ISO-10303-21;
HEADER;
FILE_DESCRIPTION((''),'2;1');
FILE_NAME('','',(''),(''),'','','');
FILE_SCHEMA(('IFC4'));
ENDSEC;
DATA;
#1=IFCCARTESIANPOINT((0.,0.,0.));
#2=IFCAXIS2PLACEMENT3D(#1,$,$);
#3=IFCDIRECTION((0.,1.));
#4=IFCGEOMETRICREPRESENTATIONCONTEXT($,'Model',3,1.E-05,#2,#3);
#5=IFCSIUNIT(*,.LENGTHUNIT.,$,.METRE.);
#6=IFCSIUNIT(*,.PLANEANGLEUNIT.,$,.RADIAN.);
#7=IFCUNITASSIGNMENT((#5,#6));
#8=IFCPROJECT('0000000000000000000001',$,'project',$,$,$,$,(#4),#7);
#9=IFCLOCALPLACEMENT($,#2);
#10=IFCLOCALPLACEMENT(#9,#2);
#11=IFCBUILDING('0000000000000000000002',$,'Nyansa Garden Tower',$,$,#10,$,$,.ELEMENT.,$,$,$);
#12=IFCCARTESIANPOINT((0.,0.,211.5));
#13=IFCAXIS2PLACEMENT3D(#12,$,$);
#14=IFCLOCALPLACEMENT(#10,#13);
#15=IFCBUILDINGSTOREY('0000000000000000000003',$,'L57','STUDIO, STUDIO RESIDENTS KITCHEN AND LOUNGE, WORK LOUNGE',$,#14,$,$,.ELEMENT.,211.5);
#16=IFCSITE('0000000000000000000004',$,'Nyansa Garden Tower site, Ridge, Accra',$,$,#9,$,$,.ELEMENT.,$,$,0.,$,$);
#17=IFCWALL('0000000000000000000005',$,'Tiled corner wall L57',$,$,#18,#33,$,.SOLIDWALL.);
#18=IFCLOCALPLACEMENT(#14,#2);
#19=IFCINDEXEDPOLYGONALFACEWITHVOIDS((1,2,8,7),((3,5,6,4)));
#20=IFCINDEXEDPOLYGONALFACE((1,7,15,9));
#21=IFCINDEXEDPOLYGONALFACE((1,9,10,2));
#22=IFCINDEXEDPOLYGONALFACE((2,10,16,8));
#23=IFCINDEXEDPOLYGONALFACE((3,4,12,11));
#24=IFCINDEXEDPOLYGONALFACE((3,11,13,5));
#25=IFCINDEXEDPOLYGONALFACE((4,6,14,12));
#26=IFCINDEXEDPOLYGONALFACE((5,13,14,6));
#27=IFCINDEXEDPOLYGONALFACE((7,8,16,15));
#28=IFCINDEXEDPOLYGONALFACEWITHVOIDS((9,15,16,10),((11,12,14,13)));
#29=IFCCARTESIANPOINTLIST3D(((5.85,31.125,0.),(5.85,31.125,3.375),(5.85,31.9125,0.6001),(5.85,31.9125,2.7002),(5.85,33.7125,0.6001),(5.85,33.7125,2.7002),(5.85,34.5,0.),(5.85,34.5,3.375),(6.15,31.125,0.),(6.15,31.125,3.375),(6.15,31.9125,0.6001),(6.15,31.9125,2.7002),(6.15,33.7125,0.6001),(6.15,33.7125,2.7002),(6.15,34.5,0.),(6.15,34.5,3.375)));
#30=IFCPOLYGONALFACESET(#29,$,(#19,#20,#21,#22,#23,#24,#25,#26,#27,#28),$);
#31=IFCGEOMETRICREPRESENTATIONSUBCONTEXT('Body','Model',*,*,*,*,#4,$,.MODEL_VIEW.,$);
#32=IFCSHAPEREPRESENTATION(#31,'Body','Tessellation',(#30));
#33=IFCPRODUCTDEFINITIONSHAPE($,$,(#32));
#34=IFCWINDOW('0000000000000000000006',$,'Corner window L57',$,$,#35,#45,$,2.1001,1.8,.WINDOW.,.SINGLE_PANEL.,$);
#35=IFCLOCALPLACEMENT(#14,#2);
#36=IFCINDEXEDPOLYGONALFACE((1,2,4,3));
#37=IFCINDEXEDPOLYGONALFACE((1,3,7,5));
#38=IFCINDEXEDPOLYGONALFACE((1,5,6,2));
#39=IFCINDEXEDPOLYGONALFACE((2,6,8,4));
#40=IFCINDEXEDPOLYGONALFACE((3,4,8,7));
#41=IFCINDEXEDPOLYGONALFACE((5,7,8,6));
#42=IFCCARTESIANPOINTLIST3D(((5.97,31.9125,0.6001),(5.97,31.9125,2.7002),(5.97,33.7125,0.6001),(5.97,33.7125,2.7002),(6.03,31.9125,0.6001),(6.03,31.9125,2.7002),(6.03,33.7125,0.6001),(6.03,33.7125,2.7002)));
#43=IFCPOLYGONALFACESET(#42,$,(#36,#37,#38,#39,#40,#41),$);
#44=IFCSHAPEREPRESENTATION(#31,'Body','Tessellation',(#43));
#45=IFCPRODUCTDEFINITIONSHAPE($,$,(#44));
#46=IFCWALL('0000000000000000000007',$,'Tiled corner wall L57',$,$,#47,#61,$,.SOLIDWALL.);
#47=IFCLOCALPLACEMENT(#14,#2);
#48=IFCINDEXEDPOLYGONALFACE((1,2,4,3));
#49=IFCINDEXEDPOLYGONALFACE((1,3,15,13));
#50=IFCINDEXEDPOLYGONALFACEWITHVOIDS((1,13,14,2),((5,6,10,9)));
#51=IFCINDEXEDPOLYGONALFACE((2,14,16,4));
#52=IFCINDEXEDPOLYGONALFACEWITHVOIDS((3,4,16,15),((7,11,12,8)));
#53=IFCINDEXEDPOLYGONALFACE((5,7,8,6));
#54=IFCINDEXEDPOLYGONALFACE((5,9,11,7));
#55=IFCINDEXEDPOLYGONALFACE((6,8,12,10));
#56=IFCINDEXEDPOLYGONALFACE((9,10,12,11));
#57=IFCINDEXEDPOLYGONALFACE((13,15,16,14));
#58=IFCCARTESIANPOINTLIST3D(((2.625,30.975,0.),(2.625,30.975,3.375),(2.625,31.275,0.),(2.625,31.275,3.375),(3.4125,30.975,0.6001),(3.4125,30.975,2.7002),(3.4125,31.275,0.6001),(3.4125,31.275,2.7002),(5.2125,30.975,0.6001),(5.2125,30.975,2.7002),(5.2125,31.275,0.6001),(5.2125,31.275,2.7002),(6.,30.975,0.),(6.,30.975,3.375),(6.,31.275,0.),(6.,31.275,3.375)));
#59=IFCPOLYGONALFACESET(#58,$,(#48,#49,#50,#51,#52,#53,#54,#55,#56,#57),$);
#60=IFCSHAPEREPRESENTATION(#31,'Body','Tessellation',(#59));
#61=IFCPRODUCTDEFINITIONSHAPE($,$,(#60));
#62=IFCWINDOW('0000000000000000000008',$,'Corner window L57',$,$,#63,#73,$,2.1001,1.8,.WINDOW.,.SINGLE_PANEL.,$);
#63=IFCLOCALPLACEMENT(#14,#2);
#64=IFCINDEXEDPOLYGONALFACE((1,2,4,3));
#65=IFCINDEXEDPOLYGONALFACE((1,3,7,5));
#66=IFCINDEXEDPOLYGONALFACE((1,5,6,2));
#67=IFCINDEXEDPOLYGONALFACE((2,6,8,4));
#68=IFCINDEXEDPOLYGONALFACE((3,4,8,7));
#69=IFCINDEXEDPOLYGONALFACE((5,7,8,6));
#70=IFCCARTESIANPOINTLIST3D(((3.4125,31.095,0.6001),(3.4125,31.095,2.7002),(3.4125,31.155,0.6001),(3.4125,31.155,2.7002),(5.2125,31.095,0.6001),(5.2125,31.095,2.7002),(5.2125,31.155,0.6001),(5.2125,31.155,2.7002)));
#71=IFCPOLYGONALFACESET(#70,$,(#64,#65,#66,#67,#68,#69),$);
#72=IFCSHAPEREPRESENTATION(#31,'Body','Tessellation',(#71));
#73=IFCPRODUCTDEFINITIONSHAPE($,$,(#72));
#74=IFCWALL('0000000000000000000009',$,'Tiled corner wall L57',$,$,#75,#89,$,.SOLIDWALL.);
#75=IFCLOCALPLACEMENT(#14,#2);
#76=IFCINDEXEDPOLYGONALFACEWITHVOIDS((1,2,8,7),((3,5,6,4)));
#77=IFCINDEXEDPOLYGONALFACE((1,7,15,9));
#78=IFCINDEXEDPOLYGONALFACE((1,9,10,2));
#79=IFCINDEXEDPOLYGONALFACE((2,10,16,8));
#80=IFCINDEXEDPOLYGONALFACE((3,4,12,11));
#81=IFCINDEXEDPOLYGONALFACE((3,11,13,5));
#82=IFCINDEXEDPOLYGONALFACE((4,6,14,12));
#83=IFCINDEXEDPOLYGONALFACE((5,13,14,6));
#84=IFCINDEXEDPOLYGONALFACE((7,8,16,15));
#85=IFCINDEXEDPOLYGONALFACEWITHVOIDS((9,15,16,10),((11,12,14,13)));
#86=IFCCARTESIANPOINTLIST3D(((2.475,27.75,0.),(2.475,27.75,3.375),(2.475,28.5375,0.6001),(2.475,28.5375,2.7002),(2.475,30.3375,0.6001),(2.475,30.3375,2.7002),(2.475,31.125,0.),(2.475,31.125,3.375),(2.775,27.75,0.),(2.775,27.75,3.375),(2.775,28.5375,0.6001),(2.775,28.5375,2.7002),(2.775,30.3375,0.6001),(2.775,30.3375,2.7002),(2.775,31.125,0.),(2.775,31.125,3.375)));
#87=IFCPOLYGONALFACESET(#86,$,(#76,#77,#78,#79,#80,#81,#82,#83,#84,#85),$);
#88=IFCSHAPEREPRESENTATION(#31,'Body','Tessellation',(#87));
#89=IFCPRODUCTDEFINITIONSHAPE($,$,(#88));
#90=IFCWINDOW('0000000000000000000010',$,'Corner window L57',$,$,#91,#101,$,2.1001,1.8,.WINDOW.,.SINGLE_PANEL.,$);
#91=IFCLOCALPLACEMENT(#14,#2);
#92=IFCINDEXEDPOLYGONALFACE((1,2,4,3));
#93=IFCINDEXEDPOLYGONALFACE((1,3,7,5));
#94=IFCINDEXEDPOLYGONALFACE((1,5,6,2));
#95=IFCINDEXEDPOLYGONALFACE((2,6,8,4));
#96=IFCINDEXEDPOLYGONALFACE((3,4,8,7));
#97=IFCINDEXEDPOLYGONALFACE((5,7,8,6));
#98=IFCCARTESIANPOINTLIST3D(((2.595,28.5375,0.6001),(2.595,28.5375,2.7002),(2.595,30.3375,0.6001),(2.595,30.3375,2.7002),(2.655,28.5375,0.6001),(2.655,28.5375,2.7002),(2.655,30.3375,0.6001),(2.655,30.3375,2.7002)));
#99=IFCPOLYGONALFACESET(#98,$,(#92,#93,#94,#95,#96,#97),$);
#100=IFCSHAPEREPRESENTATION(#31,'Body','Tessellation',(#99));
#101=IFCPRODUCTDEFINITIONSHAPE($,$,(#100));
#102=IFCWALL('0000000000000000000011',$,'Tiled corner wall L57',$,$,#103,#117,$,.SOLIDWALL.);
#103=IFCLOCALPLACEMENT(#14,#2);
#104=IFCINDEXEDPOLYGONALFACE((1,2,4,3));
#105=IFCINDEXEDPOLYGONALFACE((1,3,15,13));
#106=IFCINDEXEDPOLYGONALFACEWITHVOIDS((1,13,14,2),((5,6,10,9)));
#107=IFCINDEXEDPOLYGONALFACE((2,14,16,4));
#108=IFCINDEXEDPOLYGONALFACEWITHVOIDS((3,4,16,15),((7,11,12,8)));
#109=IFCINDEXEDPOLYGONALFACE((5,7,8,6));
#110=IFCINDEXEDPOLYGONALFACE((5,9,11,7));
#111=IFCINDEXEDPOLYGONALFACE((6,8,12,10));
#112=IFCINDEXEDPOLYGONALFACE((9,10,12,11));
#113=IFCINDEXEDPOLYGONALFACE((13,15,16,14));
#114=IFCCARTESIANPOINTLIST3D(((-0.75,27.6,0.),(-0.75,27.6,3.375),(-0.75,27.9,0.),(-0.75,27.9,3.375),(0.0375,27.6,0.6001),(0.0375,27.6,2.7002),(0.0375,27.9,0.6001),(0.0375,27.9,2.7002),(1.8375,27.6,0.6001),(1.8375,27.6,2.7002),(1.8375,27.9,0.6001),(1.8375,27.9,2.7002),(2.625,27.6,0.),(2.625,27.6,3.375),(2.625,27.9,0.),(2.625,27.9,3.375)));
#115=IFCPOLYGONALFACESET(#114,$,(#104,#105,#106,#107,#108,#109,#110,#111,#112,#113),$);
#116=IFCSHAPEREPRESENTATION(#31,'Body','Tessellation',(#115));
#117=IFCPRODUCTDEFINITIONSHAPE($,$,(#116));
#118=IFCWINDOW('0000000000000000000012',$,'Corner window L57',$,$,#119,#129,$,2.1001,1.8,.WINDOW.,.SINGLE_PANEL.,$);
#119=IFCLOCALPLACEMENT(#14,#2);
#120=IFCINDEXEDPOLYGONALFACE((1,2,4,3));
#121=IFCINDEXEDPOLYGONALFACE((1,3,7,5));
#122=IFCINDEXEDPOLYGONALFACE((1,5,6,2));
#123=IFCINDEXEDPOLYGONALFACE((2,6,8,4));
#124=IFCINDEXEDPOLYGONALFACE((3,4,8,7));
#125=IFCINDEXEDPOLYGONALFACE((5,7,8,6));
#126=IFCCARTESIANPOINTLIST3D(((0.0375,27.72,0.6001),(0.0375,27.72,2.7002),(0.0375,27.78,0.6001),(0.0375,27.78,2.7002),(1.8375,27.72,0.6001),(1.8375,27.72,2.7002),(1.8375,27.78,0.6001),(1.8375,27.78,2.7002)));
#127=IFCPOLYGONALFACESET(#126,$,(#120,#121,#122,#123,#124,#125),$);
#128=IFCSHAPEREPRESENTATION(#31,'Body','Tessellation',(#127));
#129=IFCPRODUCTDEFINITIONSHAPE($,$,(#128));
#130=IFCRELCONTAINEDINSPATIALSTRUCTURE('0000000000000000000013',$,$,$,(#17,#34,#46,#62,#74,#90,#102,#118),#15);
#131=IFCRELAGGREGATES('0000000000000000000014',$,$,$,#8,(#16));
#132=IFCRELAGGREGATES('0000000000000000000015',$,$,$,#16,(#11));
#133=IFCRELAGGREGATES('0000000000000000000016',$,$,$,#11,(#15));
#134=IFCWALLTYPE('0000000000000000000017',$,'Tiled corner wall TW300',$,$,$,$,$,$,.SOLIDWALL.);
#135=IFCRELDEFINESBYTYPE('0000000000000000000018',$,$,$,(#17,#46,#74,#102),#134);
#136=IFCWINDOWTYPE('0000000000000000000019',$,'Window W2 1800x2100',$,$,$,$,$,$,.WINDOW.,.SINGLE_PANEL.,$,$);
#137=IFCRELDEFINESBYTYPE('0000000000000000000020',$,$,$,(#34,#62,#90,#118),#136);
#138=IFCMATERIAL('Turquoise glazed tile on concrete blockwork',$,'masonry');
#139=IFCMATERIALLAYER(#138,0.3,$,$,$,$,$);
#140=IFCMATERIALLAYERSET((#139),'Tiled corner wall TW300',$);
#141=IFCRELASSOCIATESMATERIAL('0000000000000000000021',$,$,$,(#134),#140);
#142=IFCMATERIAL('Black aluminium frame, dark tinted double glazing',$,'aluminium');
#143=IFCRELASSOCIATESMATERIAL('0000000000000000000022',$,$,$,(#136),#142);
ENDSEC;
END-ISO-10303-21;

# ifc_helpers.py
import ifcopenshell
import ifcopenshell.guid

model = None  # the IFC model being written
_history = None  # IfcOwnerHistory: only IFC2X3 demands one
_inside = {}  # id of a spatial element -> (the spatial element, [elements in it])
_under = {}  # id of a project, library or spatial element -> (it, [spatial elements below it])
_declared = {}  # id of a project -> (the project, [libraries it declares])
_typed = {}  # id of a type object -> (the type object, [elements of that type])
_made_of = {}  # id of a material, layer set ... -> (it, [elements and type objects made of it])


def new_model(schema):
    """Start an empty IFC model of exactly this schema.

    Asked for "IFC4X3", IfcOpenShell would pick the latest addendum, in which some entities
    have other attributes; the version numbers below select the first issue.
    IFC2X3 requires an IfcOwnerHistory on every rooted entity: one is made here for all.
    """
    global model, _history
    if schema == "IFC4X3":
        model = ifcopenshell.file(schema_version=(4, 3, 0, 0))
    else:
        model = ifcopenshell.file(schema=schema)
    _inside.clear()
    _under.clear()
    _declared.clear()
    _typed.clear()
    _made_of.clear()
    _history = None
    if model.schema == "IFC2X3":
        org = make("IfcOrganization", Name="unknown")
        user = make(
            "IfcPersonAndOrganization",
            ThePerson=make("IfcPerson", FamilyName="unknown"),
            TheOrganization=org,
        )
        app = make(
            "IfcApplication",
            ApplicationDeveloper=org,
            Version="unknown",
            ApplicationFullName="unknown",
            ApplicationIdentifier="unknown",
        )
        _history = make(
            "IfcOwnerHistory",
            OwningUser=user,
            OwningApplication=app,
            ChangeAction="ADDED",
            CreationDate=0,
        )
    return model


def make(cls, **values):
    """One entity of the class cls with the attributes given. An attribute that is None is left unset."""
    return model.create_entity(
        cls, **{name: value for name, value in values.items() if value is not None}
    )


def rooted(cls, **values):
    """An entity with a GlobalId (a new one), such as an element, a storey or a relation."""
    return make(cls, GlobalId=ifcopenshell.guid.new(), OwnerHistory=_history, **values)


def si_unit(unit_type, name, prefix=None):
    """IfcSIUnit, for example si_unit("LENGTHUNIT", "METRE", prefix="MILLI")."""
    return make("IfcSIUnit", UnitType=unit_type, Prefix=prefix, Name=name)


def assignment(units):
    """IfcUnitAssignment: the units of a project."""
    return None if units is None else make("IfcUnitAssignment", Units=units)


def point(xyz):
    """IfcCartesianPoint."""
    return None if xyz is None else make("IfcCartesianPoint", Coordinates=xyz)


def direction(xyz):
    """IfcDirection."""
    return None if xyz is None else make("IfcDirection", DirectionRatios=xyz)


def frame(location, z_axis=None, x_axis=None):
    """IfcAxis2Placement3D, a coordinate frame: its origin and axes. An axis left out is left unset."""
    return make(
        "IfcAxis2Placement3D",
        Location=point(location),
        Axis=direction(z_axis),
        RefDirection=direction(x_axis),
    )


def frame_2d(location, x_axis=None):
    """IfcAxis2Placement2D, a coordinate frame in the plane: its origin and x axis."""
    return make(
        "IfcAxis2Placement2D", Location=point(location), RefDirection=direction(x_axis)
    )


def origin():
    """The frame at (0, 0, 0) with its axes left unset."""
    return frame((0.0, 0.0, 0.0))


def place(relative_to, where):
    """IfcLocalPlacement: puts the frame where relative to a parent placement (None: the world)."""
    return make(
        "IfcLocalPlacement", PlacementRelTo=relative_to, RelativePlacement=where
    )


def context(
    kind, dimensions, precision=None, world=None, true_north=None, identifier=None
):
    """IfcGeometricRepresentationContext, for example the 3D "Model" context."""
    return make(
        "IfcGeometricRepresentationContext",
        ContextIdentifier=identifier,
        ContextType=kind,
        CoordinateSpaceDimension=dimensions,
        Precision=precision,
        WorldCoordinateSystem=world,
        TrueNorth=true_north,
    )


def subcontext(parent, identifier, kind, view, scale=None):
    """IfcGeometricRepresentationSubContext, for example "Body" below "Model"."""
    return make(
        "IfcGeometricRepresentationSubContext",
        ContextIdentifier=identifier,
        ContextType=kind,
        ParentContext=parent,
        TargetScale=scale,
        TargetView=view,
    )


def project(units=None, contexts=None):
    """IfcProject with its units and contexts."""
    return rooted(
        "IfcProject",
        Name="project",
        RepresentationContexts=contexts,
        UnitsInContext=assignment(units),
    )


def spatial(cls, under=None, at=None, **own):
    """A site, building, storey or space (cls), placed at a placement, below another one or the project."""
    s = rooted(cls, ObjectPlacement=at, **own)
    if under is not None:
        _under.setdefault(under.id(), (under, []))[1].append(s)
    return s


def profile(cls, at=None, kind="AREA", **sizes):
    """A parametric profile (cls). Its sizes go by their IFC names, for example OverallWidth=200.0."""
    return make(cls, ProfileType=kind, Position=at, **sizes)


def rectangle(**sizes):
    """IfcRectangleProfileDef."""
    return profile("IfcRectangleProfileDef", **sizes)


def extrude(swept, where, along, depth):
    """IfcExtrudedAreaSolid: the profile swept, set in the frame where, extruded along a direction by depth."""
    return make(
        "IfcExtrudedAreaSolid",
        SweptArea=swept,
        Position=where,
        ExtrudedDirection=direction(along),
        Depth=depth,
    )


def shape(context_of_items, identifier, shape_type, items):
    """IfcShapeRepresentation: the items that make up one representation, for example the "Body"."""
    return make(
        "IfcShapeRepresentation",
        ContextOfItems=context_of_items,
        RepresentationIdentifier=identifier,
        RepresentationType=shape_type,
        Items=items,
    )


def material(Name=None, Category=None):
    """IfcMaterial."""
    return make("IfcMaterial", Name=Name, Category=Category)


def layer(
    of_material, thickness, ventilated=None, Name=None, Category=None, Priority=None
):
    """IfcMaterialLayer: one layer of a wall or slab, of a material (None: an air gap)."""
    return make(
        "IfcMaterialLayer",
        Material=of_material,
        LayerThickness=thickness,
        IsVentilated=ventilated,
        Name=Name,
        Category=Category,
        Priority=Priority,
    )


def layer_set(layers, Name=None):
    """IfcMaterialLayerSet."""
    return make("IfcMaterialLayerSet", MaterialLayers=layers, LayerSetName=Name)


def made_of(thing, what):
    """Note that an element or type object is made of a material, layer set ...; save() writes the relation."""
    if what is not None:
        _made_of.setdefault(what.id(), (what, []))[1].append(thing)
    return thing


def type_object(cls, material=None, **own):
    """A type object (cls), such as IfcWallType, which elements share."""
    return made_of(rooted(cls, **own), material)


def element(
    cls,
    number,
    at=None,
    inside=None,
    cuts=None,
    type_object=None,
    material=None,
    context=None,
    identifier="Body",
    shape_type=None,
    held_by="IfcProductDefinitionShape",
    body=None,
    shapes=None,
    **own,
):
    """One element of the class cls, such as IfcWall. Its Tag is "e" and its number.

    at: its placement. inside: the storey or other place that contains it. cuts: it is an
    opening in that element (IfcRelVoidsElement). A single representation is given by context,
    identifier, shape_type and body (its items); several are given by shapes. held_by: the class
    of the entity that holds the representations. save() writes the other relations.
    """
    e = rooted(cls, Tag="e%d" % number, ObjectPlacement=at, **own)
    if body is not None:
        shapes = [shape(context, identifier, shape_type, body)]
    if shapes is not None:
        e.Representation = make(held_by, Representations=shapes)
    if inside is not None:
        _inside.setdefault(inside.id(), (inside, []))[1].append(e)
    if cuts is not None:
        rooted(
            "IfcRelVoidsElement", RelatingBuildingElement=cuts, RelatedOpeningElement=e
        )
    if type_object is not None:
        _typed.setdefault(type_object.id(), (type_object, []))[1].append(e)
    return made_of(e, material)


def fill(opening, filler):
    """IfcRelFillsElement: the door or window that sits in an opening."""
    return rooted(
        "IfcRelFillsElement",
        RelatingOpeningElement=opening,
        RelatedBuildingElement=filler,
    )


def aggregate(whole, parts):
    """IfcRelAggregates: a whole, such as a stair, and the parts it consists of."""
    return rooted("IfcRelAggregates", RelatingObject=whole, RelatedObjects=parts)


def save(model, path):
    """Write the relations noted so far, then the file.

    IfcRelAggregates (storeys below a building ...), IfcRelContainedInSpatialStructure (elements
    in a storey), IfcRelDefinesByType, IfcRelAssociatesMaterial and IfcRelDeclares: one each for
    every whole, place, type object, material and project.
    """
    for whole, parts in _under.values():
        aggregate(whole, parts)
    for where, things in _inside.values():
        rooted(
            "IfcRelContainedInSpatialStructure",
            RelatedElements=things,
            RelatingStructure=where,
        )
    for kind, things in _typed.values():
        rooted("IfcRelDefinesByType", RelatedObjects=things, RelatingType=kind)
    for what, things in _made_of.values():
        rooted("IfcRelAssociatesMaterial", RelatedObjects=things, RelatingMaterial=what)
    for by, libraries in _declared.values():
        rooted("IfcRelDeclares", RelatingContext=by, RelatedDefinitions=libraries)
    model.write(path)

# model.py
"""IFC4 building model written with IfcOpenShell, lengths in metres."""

from ifc_helpers import new_model, si_unit, direction, frame, frame_2d, origin, place, context, subcontext, project, spatial, rectangle, extrude, material, layer, layer_set, type_object, element, fill, save


model = new_model("IFC4")

# Units and contexts
model_context = context("Model", 3, precision=1e-05, world=origin(), true_north=direction((0.0, 1.0)))
body_context = subcontext(model_context, "Body", "Model", "MODEL_VIEW")
ifc_project = project(units=[si_unit("LENGTHUNIT", "METRE"), si_unit("PLANEANGLEUNIT", "RADIAN")], contexts=[model_context])

# Site, building, storey
site_placement = place(None, origin())
site = spatial("IfcSite", under=ifc_project, at=site_placement, Name="Nyansa Garden Tower site, Ridge, Accra", CompositionType="ELEMENT", RefElevation=0.0)
building_placement = place(site_placement, origin())
building = spatial("IfcBuilding", under=site, at=building_placement, Name="Nyansa Garden Tower", CompositionType="ELEMENT")
storey_placement = place(building_placement, frame((0.0, 0.0, 211.5)))
storey = spatial("IfcBuildingStorey", under=building, at=storey_placement, Name="L57", Description="STUDIO, STUDIO RESIDENTS KITCHEN AND LOUNGE, WORK LOUNGE", CompositionType="ELEMENT", Elevation=211.5)

# Walls, openings, windows
ifc_material_1 = material(Name="Turquoise glazed tile on concrete blockwork", Category="masonry")
ifc_layer_1 = layer(ifc_material_1, 0.3)
ifc_layer_set_1 = layer_set([ifc_layer_1], Name="Tiled corner wall TW300")
wall_type_1 = type_object("IfcWallType", Name="Tiled corner wall TW300", PredefinedType="SOLIDWALL", material=ifc_layer_set_1)
wall_1_placement = place(storey_placement, frame((6.0, 34.5, 0.0), z_axis=(0.0, 0.0, 1.0), x_axis=(0.0, -1.0, 0.0)))
wall_1 = element("IfcWall", 1, at=wall_1_placement, inside=storey, type_object=wall_type_1, Name="Tiled corner wall L57", PredefinedType="SOLIDWALL", context=body_context, shape_type="SweptSolid", body=[
    extrude(rectangle(XDim=3.375, YDim=0.3, at=frame_2d((1.6875, 0.0))), origin(), (0.0, 0.0, 1.0), 3.375),
])
opening_1_placement = place(wall_1_placement, frame((0.7876, 0.0, 0.6001)))
opening_1 = element("IfcOpeningElement", 2, at=opening_1_placement, cuts=wall_1, PredefinedType="OPENING", context=body_context, shape_type="SweptSolid", body=[
    extrude(rectangle(XDim=1.8, YDim=2.1001, at=frame_2d((0.8999, 1.05))), frame((0.0, 0.1599, 0.0), z_axis=(0.0, -1.0, 0.0), x_axis=(1.0, 0.0, 0.0)), (0.0, 0.0, 1.0), 0.3201),
])
ifc_material_2 = material(Name="Black aluminium frame, dark tinted double glazing", Category="aluminium")
window_type = type_object("IfcWindowType", Name="Window W2 1800x2100", PartitioningType="SINGLE_PANEL", PredefinedType="WINDOW", material=ifc_material_2)
window_1_placement = place(opening_1_placement, origin())
window_1 = element("IfcWindow", 3, at=window_1_placement, inside=storey, type_object=window_type, Name="Corner window L57", OverallHeight=2.1001, OverallWidth=1.8, PartitioningType="SINGLE_PANEL", PredefinedType="WINDOW", context=body_context, shape_type="SweptSolid", body=[
    extrude(rectangle(XDim=1.8, YDim=2.1001, at=frame_2d((0.8999, 1.05))), frame((0.0, 0.03, 0.0), z_axis=(0.0, -1.0, 0.0), x_axis=(1.0, 0.0, 0.0)), (0.0, 0.0, 1.0), 0.0601),
])
fill(opening_1, window_1)
wall_2_placement = place(storey_placement, frame((6.0, 31.125, 0.0), z_axis=(0.0, 0.0, 1.0), x_axis=(-1.0, 0.0, 0.0)))
wall_2 = element("IfcWall", 4, at=wall_2_placement, inside=storey, type_object=wall_type_1, Name="Tiled corner wall L57", PredefinedType="SOLIDWALL", context=body_context, shape_type="SweptSolid", body=[
    extrude(rectangle(XDim=3.375, YDim=0.3, at=frame_2d((1.6875, 0.0))), origin(), (0.0, 0.0, 1.0), 3.375),
])
opening_2_placement = place(wall_2_placement, frame((0.7876, 0.0, 0.6001)))
opening_2 = element("IfcOpeningElement", 5, at=opening_2_placement, cuts=wall_2, PredefinedType="OPENING", context=body_context, shape_type="SweptSolid", body=[
    extrude(rectangle(XDim=1.8, YDim=2.1001, at=frame_2d((0.8999, 1.05))), frame((0.0, 0.1599, 0.0), z_axis=(0.0, -1.0, 0.0), x_axis=(1.0, 0.0, 0.0)), (0.0, 0.0, 1.0), 0.3201),
])
window_2_placement = place(opening_2_placement, origin())
window_2 = element("IfcWindow", 6, at=window_2_placement, inside=storey, type_object=window_type, Name="Corner window L57", OverallHeight=2.1001, OverallWidth=1.8, PartitioningType="SINGLE_PANEL", PredefinedType="WINDOW", context=body_context, shape_type="SweptSolid", body=[
    extrude(rectangle(XDim=1.8, YDim=2.1001, at=frame_2d((0.8999, 1.05))), frame((0.0, 0.03, 0.0), z_axis=(0.0, -1.0, 0.0), x_axis=(1.0, 0.0, 0.0)), (0.0, 0.0, 1.0), 0.0601),
])
fill(opening_2, window_2)
wall_3_placement = place(storey_placement, frame((2.625, 31.125, 0.0), z_axis=(0.0, 0.0, 1.0), x_axis=(0.0, -1.0, 0.0)))
wall_3 = element("IfcWall", 7, at=wall_3_placement, inside=storey, type_object=wall_type_1, Name="Tiled corner wall L57", PredefinedType="SOLIDWALL", context=body_context, shape_type="SweptSolid", body=[
    extrude(rectangle(XDim=3.375, YDim=0.3, at=frame_2d((1.6875, 0.0))), origin(), (0.0, 0.0, 1.0), 3.375),
])
opening_3_placement = place(wall_3_placement, frame((0.7876, 0.0, 0.6001)))
opening_3 = element("IfcOpeningElement", 8, at=opening_3_placement, cuts=wall_3, PredefinedType="OPENING", context=body_context, shape_type="SweptSolid", body=[
    extrude(rectangle(XDim=1.8, YDim=2.1001, at=frame_2d((0.8999, 1.05))), frame((0.0, 0.1599, 0.0), z_axis=(0.0, -1.0, 0.0), x_axis=(1.0, 0.0, 0.0)), (0.0, 0.0, 1.0), 0.3201),
])
window_3_placement = place(opening_3_placement, origin())
window_3 = element("IfcWindow", 9, at=window_3_placement, inside=storey, type_object=window_type, Name="Corner window L57", OverallHeight=2.1001, OverallWidth=1.8, PartitioningType="SINGLE_PANEL", PredefinedType="WINDOW", context=body_context, shape_type="SweptSolid", body=[
    extrude(rectangle(XDim=1.8, YDim=2.1001, at=frame_2d((0.8999, 1.05))), frame((0.0, 0.03, 0.0), z_axis=(0.0, -1.0, 0.0), x_axis=(1.0, 0.0, 0.0)), (0.0, 0.0, 1.0), 0.0601),
])
fill(opening_3, window_3)
wall_4_placement = place(storey_placement, frame((2.625, 27.75, 0.0), z_axis=(0.0, 0.0, 1.0), x_axis=(-1.0, 0.0, 0.0)))
wall_4 = element("IfcWall", 10, at=wall_4_placement, inside=storey, type_object=wall_type_1, Name="Tiled corner wall L57", PredefinedType="SOLIDWALL", context=body_context, shape_type="SweptSolid", body=[
    extrude(rectangle(XDim=3.375, YDim=0.3, at=frame_2d((1.6875, 0.0))), origin(), (0.0, 0.0, 1.0), 3.375),
])
opening_4_placement = place(wall_4_placement, frame((0.7876, 0.0, 0.6001)))
opening_4 = element("IfcOpeningElement", 11, at=opening_4_placement, cuts=wall_4, PredefinedType="OPENING", context=body_context, shape_type="SweptSolid", body=[
    extrude(rectangle(XDim=1.8, YDim=2.1001, at=frame_2d((0.8999, 1.05))), frame((0.0, 0.1599, 0.0), z_axis=(0.0, -1.0, 0.0), x_axis=(1.0, 0.0, 0.0)), (0.0, 0.0, 1.0), 0.3201),
])
window_4_placement = place(opening_4_placement, origin())
window_4 = element("IfcWindow", 12, at=window_4_placement, inside=storey, type_object=window_type, Name="Corner window L57", OverallHeight=2.1001, OverallWidth=1.8, PartitioningType="SINGLE_PANEL", PredefinedType="WINDOW", context=body_context, shape_type="SweptSolid", body=[
    extrude(rectangle(XDim=1.8, YDim=2.1001, at=frame_2d((0.8999, 1.05))), frame((0.0, 0.03, 0.0), z_axis=(0.0, -1.0, 0.0), x_axis=(1.0, 0.0, 0.0)), (0.0, 0.0, 1.0), 0.0601),
])
fill(opening_4, window_4)

save(model, "model.ifc")
